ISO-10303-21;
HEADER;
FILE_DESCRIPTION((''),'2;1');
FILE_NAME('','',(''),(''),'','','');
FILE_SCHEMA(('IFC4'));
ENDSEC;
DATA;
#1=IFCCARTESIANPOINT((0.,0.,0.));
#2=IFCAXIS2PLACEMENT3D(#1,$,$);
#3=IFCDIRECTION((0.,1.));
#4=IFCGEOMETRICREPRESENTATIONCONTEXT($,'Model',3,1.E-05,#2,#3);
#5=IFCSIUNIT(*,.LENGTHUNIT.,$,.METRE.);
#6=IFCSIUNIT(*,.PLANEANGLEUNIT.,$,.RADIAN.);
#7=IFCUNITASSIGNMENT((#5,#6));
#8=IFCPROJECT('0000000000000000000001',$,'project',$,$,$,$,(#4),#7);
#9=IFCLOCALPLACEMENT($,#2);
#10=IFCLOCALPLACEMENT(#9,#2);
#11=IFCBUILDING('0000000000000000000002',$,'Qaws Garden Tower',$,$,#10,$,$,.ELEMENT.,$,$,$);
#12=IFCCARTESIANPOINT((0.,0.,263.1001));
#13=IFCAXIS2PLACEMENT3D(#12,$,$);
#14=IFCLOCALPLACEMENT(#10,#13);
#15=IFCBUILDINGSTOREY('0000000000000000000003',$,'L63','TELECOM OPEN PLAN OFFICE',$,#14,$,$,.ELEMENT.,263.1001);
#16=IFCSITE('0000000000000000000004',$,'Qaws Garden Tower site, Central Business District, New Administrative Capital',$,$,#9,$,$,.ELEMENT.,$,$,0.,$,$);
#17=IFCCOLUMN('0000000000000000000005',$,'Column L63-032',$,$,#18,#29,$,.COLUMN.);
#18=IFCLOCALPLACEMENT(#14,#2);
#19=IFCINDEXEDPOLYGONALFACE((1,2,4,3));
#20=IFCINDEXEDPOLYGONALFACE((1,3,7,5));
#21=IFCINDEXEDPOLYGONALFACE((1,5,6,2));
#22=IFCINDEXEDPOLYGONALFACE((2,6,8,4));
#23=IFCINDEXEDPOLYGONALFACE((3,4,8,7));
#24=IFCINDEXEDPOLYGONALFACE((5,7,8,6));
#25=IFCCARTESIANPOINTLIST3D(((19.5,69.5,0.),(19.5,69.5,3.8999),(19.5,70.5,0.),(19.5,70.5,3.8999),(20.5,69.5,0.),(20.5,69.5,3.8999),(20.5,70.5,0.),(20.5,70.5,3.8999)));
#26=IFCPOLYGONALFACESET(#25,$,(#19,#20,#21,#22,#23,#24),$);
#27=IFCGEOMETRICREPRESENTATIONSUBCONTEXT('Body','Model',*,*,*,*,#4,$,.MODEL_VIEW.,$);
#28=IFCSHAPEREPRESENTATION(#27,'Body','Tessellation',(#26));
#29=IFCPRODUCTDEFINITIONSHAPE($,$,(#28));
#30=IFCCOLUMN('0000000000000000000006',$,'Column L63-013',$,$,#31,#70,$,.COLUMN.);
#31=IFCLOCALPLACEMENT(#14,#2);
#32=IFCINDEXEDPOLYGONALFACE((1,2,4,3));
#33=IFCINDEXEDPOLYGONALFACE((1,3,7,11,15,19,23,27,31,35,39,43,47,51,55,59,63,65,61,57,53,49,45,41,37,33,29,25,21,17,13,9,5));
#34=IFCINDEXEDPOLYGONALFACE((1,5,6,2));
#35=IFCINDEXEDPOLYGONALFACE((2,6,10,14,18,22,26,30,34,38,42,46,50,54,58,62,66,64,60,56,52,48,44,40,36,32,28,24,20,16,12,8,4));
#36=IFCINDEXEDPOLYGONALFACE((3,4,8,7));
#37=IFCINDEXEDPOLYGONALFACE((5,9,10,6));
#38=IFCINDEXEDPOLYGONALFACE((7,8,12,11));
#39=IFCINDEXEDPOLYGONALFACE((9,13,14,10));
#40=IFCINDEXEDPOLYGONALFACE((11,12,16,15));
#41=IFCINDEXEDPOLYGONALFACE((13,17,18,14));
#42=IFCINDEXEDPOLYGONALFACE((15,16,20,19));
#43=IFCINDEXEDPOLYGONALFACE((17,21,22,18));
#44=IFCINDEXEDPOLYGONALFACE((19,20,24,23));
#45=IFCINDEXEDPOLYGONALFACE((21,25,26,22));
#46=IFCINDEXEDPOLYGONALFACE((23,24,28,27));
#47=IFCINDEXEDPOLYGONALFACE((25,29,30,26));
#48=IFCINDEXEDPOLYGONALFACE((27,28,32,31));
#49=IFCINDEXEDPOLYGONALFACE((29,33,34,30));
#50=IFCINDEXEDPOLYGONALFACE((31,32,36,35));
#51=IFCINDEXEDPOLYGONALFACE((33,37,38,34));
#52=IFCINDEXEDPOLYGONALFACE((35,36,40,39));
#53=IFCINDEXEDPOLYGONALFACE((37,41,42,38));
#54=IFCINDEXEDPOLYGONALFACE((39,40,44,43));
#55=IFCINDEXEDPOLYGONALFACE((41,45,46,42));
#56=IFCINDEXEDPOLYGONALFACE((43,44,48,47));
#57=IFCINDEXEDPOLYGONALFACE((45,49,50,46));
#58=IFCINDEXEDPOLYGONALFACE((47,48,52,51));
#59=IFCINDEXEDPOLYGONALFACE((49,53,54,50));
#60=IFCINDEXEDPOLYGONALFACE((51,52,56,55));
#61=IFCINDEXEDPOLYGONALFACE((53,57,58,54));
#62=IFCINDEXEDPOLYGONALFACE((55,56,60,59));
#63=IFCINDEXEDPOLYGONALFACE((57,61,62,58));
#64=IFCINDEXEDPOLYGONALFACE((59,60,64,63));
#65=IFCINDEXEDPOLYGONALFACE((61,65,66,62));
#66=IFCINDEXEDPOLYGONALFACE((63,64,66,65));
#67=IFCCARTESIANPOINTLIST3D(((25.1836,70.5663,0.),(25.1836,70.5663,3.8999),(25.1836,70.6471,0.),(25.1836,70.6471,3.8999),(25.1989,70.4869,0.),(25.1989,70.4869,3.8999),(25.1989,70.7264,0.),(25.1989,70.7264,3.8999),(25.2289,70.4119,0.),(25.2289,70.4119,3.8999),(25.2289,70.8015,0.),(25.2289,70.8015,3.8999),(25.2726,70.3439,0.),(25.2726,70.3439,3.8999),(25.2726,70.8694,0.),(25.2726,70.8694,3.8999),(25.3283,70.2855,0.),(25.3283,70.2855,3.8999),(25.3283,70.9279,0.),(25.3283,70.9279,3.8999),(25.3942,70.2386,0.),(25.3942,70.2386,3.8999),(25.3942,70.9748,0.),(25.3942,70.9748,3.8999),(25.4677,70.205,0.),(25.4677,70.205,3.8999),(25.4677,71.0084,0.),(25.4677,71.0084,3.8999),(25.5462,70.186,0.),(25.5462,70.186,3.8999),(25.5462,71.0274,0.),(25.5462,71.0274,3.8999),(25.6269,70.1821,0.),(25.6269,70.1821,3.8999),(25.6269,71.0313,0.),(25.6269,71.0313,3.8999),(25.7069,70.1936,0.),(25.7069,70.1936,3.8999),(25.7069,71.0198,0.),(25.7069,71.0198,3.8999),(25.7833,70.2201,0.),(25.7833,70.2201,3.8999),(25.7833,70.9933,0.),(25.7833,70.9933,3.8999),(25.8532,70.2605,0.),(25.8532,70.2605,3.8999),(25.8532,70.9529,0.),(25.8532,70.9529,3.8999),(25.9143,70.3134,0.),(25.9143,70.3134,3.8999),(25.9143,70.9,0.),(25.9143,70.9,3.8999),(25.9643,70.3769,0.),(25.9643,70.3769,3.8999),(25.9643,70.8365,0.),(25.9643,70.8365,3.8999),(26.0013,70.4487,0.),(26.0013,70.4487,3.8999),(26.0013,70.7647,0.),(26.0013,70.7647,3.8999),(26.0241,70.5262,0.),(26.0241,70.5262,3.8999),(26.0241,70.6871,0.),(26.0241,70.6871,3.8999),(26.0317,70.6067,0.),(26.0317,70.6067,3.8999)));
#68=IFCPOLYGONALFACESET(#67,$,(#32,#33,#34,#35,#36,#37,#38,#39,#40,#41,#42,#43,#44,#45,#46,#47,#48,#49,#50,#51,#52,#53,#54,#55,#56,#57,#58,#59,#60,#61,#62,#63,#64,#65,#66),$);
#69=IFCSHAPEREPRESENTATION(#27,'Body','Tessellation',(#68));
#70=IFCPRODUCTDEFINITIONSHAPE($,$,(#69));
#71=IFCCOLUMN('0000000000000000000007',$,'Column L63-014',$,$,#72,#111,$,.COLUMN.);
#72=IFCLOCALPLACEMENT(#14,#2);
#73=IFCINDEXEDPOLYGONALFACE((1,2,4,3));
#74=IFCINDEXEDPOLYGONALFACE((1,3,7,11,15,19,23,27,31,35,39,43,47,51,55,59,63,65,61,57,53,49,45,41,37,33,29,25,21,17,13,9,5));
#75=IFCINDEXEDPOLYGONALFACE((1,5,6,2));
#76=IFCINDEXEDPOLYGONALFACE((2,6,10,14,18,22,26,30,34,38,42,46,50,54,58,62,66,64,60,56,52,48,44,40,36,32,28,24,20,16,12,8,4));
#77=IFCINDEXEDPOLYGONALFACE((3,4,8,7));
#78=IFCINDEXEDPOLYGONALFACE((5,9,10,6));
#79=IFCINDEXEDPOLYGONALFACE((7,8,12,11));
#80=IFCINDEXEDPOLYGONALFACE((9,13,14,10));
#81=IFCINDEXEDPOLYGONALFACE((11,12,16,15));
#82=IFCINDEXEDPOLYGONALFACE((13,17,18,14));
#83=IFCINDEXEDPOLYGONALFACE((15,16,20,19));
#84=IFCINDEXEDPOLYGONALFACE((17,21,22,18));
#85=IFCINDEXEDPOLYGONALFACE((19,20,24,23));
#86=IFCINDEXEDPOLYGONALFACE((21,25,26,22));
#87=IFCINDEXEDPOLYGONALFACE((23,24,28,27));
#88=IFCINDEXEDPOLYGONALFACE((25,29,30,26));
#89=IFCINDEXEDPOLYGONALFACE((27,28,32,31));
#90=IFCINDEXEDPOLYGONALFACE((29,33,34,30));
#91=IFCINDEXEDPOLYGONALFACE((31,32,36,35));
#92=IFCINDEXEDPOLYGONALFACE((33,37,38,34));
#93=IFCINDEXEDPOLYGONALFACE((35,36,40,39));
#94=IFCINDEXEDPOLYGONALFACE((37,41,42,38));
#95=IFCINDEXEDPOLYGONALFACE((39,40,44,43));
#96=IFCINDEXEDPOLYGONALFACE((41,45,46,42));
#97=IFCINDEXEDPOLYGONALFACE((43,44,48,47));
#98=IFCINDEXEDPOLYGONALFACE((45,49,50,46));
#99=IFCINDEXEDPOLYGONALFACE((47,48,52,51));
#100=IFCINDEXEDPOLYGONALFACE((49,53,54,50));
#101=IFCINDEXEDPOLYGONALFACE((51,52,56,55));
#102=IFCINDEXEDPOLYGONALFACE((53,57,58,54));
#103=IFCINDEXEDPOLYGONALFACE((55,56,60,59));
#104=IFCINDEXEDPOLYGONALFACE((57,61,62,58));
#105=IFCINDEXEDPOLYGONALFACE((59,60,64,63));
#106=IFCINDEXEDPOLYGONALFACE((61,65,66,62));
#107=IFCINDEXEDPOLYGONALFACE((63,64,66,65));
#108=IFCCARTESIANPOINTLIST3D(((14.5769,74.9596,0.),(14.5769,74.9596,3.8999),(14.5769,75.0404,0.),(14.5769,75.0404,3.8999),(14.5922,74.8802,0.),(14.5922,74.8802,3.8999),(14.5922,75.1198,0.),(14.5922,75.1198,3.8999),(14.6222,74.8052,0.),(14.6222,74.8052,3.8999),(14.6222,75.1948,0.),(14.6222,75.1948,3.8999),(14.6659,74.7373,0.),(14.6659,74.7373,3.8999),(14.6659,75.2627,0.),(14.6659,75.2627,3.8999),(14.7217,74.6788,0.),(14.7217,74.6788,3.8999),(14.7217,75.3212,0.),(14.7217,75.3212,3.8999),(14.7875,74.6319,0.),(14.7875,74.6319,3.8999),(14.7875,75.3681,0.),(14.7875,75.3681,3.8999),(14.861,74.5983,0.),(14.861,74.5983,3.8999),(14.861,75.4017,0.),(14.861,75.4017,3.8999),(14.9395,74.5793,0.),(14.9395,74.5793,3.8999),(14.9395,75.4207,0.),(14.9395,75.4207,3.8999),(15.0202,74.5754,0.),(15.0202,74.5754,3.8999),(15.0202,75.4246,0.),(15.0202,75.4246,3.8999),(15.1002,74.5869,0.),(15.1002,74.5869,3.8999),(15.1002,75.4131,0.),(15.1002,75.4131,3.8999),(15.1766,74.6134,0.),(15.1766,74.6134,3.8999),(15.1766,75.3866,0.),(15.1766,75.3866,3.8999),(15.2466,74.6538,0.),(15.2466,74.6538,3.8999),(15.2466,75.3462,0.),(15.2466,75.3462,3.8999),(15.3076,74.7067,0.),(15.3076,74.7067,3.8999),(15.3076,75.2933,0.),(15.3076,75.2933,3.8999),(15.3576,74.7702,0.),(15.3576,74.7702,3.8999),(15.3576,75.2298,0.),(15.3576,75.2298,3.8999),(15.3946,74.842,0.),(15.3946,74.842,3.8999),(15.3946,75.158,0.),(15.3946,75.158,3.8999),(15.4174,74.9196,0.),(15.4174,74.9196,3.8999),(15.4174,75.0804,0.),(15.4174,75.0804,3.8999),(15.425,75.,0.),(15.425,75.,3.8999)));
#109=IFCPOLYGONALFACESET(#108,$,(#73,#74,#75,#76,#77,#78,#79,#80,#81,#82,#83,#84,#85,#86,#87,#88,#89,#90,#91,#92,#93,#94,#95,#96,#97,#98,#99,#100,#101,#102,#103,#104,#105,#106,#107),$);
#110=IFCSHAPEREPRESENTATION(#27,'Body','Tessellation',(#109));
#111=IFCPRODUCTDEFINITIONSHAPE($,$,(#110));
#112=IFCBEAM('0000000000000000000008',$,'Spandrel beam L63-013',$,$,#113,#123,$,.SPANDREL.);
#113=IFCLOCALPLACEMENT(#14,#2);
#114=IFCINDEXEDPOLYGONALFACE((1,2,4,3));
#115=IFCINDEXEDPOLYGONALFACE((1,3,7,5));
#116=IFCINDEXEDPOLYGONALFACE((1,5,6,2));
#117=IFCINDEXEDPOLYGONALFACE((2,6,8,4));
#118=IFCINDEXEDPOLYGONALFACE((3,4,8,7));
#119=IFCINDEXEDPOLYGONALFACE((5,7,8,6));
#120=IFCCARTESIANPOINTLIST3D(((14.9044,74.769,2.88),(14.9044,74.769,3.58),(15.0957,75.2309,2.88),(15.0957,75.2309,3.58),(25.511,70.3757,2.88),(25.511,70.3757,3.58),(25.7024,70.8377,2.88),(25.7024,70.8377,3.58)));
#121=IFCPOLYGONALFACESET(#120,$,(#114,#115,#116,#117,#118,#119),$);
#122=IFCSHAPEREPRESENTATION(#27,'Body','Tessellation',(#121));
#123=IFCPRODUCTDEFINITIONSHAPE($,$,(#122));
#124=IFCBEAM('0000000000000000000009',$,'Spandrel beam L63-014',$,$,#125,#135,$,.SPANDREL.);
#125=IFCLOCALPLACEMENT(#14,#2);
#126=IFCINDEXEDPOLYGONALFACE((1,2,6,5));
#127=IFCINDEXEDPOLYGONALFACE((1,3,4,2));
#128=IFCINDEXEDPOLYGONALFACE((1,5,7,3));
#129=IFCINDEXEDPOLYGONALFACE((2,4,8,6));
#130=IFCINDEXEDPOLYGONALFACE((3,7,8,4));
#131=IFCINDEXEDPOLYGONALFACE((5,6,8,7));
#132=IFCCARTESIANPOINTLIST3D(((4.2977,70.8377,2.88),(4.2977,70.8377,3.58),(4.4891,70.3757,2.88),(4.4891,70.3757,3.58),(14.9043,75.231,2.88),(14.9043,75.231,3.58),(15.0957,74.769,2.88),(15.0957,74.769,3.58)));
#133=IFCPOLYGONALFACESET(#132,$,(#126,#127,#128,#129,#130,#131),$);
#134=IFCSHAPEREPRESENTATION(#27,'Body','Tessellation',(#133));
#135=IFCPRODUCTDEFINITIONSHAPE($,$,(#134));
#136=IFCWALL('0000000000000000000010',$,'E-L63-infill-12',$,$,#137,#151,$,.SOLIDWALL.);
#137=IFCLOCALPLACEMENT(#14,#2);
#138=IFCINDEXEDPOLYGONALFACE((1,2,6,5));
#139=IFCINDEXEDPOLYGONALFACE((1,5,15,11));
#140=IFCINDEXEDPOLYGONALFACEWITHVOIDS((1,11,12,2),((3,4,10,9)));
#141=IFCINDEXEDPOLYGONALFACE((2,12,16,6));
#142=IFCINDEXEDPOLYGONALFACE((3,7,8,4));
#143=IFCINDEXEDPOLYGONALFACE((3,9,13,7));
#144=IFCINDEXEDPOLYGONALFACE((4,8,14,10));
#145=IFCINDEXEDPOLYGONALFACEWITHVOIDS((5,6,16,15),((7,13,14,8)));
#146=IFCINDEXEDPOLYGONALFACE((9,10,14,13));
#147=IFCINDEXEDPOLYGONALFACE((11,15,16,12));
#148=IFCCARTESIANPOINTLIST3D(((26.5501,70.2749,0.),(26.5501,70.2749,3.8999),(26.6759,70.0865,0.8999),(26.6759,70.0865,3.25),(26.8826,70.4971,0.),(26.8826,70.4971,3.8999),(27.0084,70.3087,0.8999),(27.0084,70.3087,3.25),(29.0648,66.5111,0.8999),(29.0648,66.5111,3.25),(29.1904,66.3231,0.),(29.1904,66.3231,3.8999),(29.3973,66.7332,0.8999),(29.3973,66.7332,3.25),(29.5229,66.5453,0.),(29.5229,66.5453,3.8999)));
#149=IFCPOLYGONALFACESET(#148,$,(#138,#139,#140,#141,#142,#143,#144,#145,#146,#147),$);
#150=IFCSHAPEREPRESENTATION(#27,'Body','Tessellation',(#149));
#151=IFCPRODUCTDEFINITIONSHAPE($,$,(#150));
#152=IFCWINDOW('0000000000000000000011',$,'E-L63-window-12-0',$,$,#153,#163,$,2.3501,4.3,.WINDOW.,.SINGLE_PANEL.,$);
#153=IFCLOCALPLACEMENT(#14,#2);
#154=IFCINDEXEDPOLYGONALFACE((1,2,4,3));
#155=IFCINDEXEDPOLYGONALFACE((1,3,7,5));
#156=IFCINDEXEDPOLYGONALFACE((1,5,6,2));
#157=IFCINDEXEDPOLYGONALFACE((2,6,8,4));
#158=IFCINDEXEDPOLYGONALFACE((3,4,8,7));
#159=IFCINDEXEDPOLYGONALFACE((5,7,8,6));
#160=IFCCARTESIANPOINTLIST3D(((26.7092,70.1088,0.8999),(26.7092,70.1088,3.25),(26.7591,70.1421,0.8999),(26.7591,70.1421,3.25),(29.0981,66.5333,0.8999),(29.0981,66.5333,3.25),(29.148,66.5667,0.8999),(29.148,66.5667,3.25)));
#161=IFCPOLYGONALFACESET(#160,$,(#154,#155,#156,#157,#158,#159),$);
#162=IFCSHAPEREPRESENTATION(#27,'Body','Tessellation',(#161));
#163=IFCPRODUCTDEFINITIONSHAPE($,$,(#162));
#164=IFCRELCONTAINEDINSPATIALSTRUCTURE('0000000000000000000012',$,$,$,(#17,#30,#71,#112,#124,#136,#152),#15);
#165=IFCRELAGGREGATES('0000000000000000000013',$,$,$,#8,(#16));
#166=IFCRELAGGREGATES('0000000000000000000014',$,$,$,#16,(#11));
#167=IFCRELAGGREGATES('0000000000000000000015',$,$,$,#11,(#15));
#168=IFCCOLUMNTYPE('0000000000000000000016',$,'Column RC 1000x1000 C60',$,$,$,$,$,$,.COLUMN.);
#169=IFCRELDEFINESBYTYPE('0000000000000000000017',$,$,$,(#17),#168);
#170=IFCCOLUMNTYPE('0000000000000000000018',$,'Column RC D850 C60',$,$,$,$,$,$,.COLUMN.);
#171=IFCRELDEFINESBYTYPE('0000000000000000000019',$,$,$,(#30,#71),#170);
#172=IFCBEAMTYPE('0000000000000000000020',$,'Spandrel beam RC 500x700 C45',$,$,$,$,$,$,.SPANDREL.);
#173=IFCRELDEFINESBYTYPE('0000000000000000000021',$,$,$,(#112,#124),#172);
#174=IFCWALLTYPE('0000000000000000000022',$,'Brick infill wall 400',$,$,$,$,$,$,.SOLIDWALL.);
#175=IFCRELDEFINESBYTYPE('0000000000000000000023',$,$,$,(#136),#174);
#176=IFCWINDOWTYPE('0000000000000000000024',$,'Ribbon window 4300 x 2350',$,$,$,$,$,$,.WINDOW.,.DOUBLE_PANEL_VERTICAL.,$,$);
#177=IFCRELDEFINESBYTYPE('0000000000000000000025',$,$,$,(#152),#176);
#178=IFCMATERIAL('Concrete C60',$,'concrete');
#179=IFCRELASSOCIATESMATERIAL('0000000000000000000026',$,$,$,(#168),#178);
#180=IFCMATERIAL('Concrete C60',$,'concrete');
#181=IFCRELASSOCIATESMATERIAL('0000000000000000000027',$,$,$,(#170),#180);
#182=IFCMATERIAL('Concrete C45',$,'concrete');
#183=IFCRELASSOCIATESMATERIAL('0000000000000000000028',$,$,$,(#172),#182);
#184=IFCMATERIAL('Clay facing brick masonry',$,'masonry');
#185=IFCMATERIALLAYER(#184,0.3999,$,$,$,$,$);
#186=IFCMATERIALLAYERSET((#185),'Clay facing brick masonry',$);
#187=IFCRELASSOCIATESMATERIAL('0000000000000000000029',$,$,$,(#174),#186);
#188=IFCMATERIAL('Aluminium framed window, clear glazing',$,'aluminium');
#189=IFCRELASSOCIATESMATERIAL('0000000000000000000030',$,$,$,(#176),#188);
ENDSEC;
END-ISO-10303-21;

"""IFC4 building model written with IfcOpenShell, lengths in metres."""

from ifc_helpers import new_model, si_unit, direction, frame, frame_2d, origin, origin_2d, place, context, subcontext, project, spatial, rectangle, circle, extrude, material, layer, layer_set, material_profile, profile_set, type_object, element, fill, save


model = new_model("IFC4")

# Units and contexts
model_context = context("Model", 3, precision=1e-05, world=origin(), true_north=direction((0.0, 1.0)))
body_context = subcontext(model_context, "Body", "Model", "MODEL_VIEW")
ifc_project = project(units=[si_unit("LENGTHUNIT", "METRE"), si_unit("PLANEANGLEUNIT", "RADIAN")], contexts=[model_context])

# Site, building, storey
site_placement = place(None, origin())
site = spatial("IfcSite", under=ifc_project, at=site_placement, Name="Qaws Garden Tower site, Central Business District, New Administrative Capital", CompositionType="ELEMENT", RefElevation=0.0)
building_placement = place(site_placement, origin())
building = spatial("IfcBuilding", under=site, at=building_placement, Name="Qaws Garden Tower", CompositionType="ELEMENT")
storey_placement = place(building_placement, frame((0.0, 0.0, 263.1001)))
storey = spatial("IfcBuildingStorey", under=building, at=storey_placement, Name="L63", Description="TELECOM OPEN PLAN OFFICE", CompositionType="ELEMENT", Elevation=263.1001)

# Columns
ifc_material_1 = material(Name="Concrete C60", Category="concrete")
ifc_material_profile_1 = material_profile(ifc_material_1, rectangle(XDim=1.0, YDim=1.0, at=origin_2d()), Name="RC 1000x1000")
ifc_profile_set_1 = profile_set([ifc_material_profile_1], Name="Concrete C60")
column_type_1 = type_object("IfcColumnType", Name="Column RC 1000x1000 C60", PredefinedType="COLUMN", material=ifc_profile_set_1)
column_placement = place(storey_placement, frame((20.0, 70.0, 0.0), z_axis=(0.0, 0.0, 1.0), x_axis=(1.0, 0.0, 0.0)))
element("IfcColumn", 1, at=column_placement, inside=storey, type_object=column_type_1, Name="Column L63-032", PredefinedType="COLUMN", context=body_context, shape_type="SweptSolid", body=[
    extrude(rectangle(XDim=1.0, YDim=1.0, at=origin_2d()), origin(), (0.0, 0.0, 1.0), 3.8999),
])
ifc_material_2 = material(Name="Concrete C60", Category="concrete")
ifc_material_profile_2 = material_profile(ifc_material_2, circle(Radius=0.425, at=origin_2d()), Name="RC D850")
ifc_profile_set_2 = profile_set([ifc_material_profile_2], Name="Concrete C60")
column_type_2 = type_object("IfcColumnType", Name="Column RC D850 C60", PredefinedType="COLUMN", material=ifc_profile_set_2)
for number, where, z_axis, x_axis, name in (
    (2, (25.6067, 70.6067, 0.0), (0.0, 0.0, 1.0), (1.0, 0.0, 0.0), "Column L63-013"),
    (3, (15.0, 75.0, 0.0), (0.0, 0.0, 1.0), (1.0, 0.0, 0.0), "Column L63-014"),
):
    element("IfcColumn", number, at=place(storey_placement, frame(where, z_axis=z_axis, x_axis=x_axis)), inside=storey, type_object=column_type_2, Name=name, PredefinedType="COLUMN", context=body_context, shape_type="SweptSolid", body=[
        extrude(circle(Radius=0.425, at=origin_2d()), origin(), (0.0, 0.0, 1.0), 3.8999),
    ])

# Beams
ifc_material_3 = material(Name="Concrete C45", Category="concrete")
ifc_material_profile_3 = material_profile(ifc_material_3, rectangle(XDim=0.5, YDim=0.7, at=origin_2d()), Name="RC 500x700")
ifc_profile_set_3 = profile_set([ifc_material_profile_3], Name="Concrete C45")
beam_type = type_object("IfcBeamType", Name="Spandrel beam RC 500x700 C45", PredefinedType="SPANDREL", material=ifc_profile_set_3)
for number, where, z_axis, x_axis, name in (
    (4, (25.6067, 70.6067, 3.23), (-0.923883, 0.382674, 0.0), (-0.382674, -0.923883, 0.0), "Spandrel beam L63-013"),
    (5, (15.0, 75.0, 3.23), (-0.923883, -0.382674, 0.0), (0.382674, -0.923883, 0.0), "Spandrel beam L63-014"),
):
    element("IfcBeam", number, at=place(storey_placement, frame(where, z_axis=z_axis, x_axis=x_axis)), inside=storey, type_object=beam_type, Name=name, PredefinedType="SPANDREL", context=body_context, shape_type="SweptSolid", body=[
        extrude(rectangle(XDim=0.5, YDim=0.7, at=origin_2d()), origin(), (0.0, 0.0, 1.0), 11.4805),
    ])

# Wall, opening, window
ifc_material_4 = material(Name="Clay facing brick masonry", Category="masonry")
ifc_layer_1 = layer(ifc_material_4, 0.3999)
ifc_layer_set_1 = layer_set([ifc_layer_1], Name="Clay facing brick masonry")
wall_type_1 = type_object("IfcWallType", Name="Brick infill wall 400", PredefinedType="SOLIDWALL", material=ifc_layer_set_1)
wall_1_placement = place(storey_placement, frame((29.3567, 66.4341, 0.0), z_axis=(0.0, 0.0, 1.0), x_axis=(-0.555542, 0.831489, 0.0)))
wall_1 = element("IfcWall", 6, at=wall_1_placement, inside=storey, type_object=wall_type_1, Name="E-L63-infill-12", PredefinedType="SOLIDWALL", context=body_context, shape_type="SweptSolid", body=[
    extrude(rectangle(XDim=4.7527, YDim=0.3999, at=frame_2d((2.3765, 0.0))), origin(), (0.0, 0.0, 1.0), 3.8999),
])
opening_1_placement = place(wall_1_placement, frame((0.2263, 0.0, 0.8999)))
opening_1 = element("IfcOpeningElement", 7, at=opening_1_placement, cuts=wall_1, PredefinedType="OPENING", context=body_context, shape_type="SweptSolid", body=[
    extrude(rectangle(XDim=4.3, YDim=2.3501, at=frame_2d((2.1499, 1.175))), frame((0.0, 0.21, 0.0), z_axis=(0.0, -1.0, 0.0), x_axis=(1.0, 0.0, 0.0)), (0.0, 0.0, 1.0), 0.4199),
])
ifc_material_5 = material(Name="Aluminium framed window, clear glazing", Category="aluminium")
window_type = type_object("IfcWindowType", Name="Ribbon window 4300 x 2350", PartitioningType="DOUBLE_PANEL_VERTICAL", PredefinedType="WINDOW", material=ifc_material_5)
window_1_placement = place(opening_1_placement, origin())
window_1 = element("IfcWindow", 8, at=window_1_placement, inside=storey, type_object=window_type, Name="E-L63-window-12-0", OverallHeight=2.3501, OverallWidth=4.3, PartitioningType="SINGLE_PANEL", PredefinedType="WINDOW", context=body_context, shape_type="SweptSolid", body=[
    extrude(rectangle(XDim=4.3, YDim=2.3501, at=frame_2d((2.1499, 1.175))), frame((0.0, 0.1599, 0.0), z_axis=(0.0, -1.0, 0.0), x_axis=(1.0, 0.0, 0.0)), (0.0, 0.0, 1.0), 0.0601),
])
fill(opening_1, window_1)

save(model, "model.ifc")
